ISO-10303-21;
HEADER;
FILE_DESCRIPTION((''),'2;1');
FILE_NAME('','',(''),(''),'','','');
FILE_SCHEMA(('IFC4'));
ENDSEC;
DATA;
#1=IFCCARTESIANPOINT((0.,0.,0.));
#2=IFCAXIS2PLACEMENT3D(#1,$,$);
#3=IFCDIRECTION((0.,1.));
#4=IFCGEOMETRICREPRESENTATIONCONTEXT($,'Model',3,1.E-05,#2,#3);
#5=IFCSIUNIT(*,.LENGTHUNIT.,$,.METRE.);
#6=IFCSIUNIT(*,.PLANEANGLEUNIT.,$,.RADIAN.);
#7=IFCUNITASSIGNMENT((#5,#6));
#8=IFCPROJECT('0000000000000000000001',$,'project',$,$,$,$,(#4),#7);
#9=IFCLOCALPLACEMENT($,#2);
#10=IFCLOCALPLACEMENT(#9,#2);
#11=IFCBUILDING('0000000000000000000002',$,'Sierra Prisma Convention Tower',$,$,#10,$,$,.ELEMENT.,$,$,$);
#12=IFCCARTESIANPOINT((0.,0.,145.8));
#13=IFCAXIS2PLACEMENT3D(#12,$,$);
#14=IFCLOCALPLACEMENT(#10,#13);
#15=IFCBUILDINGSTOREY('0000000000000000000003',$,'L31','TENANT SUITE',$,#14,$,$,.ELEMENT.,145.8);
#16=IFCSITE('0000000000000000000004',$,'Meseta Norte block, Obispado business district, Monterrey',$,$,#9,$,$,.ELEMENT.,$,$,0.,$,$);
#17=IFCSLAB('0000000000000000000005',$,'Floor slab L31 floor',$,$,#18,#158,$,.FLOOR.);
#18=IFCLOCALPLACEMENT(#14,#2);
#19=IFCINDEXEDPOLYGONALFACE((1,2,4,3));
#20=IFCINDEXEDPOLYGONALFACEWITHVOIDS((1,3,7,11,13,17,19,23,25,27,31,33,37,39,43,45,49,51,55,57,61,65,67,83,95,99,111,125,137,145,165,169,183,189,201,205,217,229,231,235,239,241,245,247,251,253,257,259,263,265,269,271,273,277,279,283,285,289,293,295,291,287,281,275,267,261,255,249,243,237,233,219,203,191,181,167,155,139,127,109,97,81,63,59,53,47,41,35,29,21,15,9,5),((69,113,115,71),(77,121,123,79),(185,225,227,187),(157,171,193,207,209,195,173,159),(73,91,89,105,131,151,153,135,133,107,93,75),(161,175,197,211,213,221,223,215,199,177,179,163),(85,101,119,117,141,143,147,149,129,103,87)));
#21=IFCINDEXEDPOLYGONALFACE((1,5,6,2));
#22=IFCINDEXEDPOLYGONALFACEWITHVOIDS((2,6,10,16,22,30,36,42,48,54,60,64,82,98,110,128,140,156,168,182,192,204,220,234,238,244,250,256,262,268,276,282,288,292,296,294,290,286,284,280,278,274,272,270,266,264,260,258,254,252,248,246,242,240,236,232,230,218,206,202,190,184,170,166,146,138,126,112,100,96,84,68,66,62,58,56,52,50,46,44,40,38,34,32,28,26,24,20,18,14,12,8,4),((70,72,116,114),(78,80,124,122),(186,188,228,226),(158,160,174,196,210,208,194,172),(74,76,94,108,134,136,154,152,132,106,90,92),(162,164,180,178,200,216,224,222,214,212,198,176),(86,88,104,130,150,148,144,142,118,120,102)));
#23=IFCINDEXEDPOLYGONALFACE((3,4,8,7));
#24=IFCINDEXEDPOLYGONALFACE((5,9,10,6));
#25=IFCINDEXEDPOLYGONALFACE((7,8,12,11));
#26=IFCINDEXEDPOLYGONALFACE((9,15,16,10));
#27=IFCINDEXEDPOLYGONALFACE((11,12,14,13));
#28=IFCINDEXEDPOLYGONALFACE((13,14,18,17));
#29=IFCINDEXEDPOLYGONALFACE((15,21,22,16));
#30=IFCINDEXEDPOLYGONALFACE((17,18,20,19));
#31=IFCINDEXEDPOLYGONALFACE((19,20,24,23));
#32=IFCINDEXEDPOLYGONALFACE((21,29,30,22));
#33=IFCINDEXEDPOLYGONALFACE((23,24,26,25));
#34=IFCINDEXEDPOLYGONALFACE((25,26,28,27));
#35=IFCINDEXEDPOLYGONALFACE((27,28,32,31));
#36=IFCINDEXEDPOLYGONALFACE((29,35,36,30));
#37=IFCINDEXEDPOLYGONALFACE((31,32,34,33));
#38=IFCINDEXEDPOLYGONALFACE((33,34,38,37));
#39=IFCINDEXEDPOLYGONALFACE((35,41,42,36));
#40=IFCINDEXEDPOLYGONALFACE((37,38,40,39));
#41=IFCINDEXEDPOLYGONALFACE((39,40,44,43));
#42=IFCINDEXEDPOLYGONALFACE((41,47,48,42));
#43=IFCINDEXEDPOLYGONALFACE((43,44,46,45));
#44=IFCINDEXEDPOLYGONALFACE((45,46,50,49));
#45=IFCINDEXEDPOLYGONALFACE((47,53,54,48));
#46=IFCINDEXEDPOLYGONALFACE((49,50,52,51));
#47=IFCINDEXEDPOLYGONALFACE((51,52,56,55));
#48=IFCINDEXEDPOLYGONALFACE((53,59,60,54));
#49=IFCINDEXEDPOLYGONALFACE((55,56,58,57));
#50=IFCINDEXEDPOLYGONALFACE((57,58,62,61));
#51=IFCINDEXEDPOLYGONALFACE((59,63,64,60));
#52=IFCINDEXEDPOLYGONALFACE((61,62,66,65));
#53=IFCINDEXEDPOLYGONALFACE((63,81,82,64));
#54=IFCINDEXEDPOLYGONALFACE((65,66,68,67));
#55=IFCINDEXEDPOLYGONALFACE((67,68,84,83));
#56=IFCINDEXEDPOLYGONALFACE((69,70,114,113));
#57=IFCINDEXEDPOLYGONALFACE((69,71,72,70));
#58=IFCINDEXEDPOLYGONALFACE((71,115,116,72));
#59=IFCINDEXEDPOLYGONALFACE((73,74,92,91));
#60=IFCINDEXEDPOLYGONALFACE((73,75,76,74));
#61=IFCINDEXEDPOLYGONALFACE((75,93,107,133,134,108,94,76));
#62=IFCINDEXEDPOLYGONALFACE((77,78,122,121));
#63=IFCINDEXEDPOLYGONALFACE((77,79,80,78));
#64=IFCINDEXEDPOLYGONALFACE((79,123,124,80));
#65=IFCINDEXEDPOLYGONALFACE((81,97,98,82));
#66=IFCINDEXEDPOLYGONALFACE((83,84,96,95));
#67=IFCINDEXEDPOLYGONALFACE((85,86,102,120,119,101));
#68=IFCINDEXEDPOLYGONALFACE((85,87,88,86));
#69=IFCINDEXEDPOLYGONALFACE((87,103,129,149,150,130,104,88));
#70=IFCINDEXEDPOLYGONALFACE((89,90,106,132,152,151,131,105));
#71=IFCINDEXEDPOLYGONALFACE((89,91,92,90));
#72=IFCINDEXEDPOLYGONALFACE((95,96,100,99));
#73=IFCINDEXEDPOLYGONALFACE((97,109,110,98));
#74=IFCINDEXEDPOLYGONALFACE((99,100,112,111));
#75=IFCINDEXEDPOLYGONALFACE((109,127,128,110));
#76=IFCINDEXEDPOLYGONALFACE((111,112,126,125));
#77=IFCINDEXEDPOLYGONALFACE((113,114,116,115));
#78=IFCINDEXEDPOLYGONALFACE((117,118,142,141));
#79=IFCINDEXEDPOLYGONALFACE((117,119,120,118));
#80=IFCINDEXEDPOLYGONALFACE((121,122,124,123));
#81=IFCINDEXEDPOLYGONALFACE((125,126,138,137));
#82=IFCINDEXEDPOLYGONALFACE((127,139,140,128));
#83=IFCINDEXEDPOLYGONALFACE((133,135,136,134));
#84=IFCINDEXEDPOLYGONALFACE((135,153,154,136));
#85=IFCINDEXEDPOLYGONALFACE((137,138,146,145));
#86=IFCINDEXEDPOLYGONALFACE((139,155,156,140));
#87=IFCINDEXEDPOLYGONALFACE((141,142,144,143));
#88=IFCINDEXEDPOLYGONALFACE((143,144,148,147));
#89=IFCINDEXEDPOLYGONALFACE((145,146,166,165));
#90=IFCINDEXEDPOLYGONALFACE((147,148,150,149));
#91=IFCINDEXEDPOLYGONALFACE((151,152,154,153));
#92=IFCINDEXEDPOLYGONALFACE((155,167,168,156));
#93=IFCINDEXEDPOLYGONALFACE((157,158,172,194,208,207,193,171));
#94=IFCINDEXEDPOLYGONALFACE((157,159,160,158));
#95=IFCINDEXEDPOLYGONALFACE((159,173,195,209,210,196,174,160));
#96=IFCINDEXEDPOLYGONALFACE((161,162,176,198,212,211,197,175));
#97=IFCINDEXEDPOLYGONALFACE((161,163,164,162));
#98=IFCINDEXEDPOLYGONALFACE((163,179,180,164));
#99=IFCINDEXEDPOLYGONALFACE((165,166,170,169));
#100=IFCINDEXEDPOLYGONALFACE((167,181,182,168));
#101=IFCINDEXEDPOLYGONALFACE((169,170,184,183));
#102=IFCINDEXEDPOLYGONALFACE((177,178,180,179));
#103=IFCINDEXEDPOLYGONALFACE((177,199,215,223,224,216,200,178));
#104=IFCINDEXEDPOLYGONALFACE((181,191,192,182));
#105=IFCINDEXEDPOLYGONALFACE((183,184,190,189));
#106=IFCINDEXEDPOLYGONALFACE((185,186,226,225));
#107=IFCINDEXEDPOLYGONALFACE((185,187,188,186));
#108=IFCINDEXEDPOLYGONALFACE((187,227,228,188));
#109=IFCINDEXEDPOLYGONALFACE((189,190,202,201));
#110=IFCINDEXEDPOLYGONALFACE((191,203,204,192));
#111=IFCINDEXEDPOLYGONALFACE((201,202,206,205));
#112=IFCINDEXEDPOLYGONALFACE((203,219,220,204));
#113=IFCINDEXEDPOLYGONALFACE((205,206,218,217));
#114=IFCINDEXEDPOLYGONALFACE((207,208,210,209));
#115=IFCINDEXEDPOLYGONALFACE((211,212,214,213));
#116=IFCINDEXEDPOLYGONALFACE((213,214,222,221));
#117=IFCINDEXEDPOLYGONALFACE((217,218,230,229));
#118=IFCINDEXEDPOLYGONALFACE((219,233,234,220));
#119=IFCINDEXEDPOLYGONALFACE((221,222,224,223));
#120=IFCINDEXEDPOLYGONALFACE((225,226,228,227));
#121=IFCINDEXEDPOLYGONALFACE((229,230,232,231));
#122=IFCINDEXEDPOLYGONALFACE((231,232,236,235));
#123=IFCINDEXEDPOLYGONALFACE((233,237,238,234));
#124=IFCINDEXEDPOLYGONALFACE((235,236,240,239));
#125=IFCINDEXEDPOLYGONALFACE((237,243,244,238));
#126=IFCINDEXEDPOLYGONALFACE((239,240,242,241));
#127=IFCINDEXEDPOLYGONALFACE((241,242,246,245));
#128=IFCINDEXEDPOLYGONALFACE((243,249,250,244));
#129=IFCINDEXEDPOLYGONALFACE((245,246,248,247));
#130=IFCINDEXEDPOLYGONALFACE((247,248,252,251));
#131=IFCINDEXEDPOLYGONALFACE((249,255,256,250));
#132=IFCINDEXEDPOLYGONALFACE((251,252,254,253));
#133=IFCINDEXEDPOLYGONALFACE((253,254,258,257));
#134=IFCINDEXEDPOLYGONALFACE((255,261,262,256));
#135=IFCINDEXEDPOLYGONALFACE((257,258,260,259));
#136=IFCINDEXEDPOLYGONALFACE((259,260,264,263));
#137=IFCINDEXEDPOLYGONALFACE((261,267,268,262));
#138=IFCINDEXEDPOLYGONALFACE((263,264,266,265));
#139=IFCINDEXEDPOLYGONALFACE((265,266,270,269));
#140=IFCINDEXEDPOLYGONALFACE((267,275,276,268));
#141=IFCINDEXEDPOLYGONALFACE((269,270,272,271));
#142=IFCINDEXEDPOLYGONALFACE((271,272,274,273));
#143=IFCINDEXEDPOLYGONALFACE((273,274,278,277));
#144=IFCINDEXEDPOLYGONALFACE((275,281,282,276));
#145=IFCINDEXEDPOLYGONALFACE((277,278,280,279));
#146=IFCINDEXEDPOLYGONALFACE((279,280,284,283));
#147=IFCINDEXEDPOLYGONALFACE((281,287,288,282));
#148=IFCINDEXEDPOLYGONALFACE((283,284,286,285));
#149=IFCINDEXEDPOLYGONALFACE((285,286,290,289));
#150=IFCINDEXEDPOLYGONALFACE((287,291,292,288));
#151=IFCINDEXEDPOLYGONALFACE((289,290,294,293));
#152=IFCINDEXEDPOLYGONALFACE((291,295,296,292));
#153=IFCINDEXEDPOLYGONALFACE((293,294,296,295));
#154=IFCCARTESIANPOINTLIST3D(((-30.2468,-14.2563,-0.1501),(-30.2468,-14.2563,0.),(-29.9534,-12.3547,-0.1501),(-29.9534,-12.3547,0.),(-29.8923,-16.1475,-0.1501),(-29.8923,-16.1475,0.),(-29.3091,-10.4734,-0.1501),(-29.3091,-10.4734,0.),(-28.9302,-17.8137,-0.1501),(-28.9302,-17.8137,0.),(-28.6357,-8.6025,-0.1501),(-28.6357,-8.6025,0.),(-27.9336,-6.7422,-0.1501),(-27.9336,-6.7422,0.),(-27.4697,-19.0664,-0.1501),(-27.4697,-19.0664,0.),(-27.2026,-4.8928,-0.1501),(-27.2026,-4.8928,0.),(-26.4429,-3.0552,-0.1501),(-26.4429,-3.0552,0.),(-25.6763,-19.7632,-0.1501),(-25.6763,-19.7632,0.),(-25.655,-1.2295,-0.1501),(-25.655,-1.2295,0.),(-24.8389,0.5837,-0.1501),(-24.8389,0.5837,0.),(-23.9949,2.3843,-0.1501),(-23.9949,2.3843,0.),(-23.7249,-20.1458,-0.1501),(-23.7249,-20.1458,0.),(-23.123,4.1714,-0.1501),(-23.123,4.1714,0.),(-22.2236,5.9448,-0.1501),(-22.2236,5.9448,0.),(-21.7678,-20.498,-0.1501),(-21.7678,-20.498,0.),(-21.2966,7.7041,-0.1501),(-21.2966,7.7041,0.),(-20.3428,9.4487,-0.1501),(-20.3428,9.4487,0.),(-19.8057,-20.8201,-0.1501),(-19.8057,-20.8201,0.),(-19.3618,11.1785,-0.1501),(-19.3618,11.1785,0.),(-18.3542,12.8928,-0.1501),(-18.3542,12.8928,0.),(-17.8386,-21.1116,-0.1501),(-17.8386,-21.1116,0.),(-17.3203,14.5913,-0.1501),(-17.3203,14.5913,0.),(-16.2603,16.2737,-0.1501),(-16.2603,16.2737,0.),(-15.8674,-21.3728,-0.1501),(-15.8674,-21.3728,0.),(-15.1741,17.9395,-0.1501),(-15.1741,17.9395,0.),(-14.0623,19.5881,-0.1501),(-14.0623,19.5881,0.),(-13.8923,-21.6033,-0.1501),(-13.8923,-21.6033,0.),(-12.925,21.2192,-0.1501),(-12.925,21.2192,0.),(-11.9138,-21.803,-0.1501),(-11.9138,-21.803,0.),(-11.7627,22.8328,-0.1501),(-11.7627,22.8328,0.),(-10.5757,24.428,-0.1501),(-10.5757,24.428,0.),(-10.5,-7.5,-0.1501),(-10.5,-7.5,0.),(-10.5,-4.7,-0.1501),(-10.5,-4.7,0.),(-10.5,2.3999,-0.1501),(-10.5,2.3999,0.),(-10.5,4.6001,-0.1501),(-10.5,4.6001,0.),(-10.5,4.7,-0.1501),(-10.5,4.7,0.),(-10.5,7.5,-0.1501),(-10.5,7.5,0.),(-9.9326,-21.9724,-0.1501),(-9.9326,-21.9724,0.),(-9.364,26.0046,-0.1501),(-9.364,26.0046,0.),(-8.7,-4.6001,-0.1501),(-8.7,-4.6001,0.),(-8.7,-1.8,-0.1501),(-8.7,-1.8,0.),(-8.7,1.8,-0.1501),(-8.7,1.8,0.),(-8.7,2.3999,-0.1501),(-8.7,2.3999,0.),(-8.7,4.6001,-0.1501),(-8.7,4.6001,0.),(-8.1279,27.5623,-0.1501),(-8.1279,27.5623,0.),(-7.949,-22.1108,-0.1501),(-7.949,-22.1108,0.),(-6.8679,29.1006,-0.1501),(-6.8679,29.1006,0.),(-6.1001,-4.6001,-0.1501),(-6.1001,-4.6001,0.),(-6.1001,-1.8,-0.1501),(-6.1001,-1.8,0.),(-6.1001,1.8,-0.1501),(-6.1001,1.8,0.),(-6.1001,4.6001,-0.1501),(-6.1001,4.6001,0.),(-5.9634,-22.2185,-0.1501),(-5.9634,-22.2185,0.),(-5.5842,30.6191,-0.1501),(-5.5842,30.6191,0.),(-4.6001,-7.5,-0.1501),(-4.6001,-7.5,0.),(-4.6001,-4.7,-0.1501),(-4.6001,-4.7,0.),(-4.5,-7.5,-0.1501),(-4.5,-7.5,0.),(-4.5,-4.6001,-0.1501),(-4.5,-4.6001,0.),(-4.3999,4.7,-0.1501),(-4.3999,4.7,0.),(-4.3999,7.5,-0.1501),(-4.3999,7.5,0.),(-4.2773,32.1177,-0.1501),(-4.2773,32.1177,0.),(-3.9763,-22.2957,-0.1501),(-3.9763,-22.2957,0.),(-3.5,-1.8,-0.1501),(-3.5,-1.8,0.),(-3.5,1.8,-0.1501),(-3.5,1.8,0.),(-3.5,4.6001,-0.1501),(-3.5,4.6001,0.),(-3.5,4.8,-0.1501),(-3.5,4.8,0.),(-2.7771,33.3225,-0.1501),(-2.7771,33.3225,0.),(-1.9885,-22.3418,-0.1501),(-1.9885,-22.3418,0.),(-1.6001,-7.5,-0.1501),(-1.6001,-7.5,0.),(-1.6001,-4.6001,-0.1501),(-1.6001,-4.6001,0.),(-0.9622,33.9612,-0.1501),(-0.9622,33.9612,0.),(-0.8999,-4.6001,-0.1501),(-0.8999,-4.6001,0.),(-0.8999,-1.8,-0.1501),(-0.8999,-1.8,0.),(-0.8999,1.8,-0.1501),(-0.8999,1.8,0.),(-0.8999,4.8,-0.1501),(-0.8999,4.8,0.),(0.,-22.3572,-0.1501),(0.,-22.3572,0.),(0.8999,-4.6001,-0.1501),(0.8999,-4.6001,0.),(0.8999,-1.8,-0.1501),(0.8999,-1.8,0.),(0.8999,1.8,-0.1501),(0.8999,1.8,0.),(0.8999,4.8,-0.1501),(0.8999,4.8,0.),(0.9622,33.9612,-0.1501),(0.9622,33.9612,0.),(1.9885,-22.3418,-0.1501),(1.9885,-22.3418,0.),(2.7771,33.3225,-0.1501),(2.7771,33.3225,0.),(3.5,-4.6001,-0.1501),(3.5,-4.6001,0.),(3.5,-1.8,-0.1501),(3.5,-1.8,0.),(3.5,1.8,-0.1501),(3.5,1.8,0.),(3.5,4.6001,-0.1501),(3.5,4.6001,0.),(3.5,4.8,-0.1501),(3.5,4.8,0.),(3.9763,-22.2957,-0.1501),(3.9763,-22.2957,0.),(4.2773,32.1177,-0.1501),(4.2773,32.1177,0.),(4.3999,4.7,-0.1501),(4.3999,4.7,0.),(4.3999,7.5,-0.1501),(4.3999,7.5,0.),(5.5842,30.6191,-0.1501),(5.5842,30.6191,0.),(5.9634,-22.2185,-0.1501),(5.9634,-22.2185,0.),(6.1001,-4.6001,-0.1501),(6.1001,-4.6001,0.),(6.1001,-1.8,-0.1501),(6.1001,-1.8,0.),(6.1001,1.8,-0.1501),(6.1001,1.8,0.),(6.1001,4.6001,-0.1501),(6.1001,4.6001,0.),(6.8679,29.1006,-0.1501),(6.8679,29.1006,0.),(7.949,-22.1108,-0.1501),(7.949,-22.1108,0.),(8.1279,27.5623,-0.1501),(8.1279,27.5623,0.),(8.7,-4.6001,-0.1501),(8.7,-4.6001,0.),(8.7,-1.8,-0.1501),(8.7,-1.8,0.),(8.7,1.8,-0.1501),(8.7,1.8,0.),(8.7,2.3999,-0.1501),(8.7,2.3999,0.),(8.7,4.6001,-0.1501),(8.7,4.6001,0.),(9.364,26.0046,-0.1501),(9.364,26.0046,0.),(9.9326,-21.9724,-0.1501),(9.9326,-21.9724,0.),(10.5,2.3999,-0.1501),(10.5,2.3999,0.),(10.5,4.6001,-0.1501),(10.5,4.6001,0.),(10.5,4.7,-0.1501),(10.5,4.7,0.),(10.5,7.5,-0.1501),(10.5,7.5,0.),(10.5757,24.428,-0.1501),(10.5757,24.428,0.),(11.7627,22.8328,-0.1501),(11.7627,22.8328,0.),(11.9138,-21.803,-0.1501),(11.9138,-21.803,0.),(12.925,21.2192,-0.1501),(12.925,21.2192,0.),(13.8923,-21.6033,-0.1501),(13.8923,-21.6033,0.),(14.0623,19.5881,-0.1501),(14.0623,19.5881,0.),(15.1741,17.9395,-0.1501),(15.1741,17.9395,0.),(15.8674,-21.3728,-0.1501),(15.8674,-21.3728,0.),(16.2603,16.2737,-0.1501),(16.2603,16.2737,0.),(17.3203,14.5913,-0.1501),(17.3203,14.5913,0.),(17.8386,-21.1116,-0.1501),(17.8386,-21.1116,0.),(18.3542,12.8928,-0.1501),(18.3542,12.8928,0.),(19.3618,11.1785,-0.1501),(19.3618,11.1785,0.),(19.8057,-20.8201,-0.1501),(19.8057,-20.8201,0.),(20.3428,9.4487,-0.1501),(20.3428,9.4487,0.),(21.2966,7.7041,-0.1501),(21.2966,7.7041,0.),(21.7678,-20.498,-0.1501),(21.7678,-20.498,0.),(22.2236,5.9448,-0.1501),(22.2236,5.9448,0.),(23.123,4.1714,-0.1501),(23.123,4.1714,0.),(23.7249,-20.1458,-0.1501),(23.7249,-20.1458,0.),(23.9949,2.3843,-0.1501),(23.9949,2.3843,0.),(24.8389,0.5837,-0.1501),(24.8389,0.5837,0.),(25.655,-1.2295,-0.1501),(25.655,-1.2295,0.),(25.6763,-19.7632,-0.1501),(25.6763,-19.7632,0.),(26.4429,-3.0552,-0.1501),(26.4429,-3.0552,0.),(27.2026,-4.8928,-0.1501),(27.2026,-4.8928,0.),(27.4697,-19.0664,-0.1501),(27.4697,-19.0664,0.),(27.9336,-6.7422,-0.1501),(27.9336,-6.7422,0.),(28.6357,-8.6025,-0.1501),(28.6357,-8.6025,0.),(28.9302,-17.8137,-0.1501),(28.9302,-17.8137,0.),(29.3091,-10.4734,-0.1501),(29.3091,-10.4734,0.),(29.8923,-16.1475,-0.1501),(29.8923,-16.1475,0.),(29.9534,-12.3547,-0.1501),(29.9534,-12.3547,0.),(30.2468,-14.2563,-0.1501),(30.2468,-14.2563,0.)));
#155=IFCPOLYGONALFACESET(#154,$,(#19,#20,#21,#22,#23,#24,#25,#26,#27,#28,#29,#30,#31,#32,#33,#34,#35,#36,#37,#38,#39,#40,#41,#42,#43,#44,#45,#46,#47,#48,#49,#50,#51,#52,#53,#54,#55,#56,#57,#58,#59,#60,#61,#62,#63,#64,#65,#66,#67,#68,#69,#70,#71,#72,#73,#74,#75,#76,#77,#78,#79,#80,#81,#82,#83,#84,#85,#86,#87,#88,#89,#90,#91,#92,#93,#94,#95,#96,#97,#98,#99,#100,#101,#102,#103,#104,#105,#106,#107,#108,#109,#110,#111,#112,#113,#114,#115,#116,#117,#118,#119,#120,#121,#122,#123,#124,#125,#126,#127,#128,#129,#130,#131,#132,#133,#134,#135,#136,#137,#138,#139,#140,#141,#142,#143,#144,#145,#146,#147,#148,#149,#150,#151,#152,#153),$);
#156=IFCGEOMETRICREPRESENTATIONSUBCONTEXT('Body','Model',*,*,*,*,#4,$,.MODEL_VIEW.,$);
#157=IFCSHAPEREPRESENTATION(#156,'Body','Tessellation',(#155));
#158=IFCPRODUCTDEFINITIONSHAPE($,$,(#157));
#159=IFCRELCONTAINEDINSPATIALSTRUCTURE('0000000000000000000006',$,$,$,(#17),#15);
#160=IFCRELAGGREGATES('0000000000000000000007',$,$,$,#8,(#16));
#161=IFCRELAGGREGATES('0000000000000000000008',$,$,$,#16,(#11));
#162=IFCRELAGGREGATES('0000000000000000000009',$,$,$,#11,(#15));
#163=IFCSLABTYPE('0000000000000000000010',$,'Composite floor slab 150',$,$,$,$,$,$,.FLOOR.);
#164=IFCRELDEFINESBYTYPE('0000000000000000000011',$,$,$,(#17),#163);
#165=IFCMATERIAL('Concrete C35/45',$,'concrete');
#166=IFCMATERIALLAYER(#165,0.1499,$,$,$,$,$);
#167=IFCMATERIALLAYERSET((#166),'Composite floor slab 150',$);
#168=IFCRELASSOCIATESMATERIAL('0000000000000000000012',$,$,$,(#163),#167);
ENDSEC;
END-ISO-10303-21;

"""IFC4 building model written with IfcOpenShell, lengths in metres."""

from ifc_helpers import new_model, si_unit, direction, frame, origin, place, context, subcontext, project, spatial, polyline, outline, extrude, material, layer, layer_set, type_object, element, save


model = new_model("IFC4")

# Units and contexts
model_context = context("Model", 3, precision=1e-05, world=origin(), true_north=direction((0.0, 1.0)))
body_context = subcontext(model_context, "Body", "Model", "MODEL_VIEW")
ifc_project = project(units=[si_unit("LENGTHUNIT", "METRE"), si_unit("PLANEANGLEUNIT", "RADIAN")], contexts=[model_context])

# Site, building, storey
site_placement = place(None, origin())
site = spatial("IfcSite", under=ifc_project, at=site_placement, Name="Meseta Norte block, Obispado business district, Monterrey", CompositionType="ELEMENT", RefElevation=0.0)
building_placement = place(site_placement, origin())
building = spatial("IfcBuilding", under=site, at=building_placement, Name="Sierra Prisma Convention Tower", CompositionType="ELEMENT")
storey_placement = place(building_placement, frame((0.0, 0.0, 145.8)))
storey = spatial("IfcBuildingStorey", under=building, at=storey_placement, Name="L31", Description="TENANT SUITE", CompositionType="ELEMENT", Elevation=145.8)

# Slab
ifc_material_1 = material(Name="Concrete C35/45", Category="concrete")
ifc_layer_1 = layer(ifc_material_1, 0.1499)
ifc_layer_set_1 = layer_set([ifc_layer_1], Name="Composite floor slab 150")
slab_type = type_object("IfcSlabType", Name="Composite floor slab 150", PredefinedType="FLOOR", material=ifc_layer_set_1)
slab_placement = place(storey_placement, frame((0.0, 0.0, -0.1501)))
element("IfcSlab", 1, at=slab_placement, inside=storey, type_object=slab_type, Name="Floor slab L31 floor", PredefinedType="FLOOR", context=body_context, shape_type="SweptSolid", body=[
    extrude(outline(polyline([(-25.6763, -19.7632), (-23.7249, -20.1458), (-21.7678, -20.498), (-19.8057, -20.8201), (-17.8386, -21.1116), (-15.8674, -21.3728), (-13.8923, -21.6033), (-11.9138, -21.803), (-9.9326, -21.9724), (-7.949, -22.1108), (-5.9634, -22.2185), (-3.9763, -22.2957), (-1.9885, -22.3418), (0.0, -22.3572), (1.9885, -22.3418), (3.9763, -22.2957), (5.9634, -22.2185), (7.949, -22.1108), (9.9326, -21.9724), (11.9138, -21.803), (13.8923, -21.6033), (15.8674, -21.3728), (17.8386, -21.1116), (19.8057, -20.8201), (21.7678, -20.498), (23.7249, -20.1458), (25.6763, -19.7632), (27.4697, -19.0664), (28.9302, -17.8137), (29.8923, -16.1475), (30.2468, -14.2563), (29.9534, -12.3547), (29.3091, -10.4734), (28.6357, -8.6025), (27.9336, -6.7422), (27.2026, -4.8928), (26.4429, -3.0552), (25.655, -1.2295), (24.8389, 0.5837), (23.9949, 2.3843), (23.123, 4.1714), (22.2236, 5.9448), (21.2966, 7.7041), (20.3428, 9.4487), (19.3618, 11.1785), (18.3542, 12.8928), (17.3203, 14.5913), (16.2603, 16.2737), (15.1741, 17.9395), (14.0623, 19.5881), (12.925, 21.2192), (11.7627, 22.8328), (10.5757, 24.428), (9.364, 26.0046), (8.1279, 27.5623), (6.8679, 29.1006), (5.5842, 30.6191), (4.2773, 32.1177), (2.7771, 33.3225), (0.9622, 33.9612), (-0.9622, 33.9612), (-2.7771, 33.3225), (-4.2773, 32.1177), (-5.5842, 30.6191), (-6.8679, 29.1006), (-8.1279, 27.5623), (-9.364, 26.0046), (-10.5757, 24.428), (-11.7627, 22.8328), (-12.925, 21.2192), (-14.0623, 19.5881), (-15.1741, 17.9395), (-16.2603, 16.2737), (-17.3203, 14.5913), (-18.3542, 12.8928), (-19.3618, 11.1785), (-20.3428, 9.4487), (-21.2966, 7.7041), (-22.2236, 5.9448), (-23.123, 4.1714), (-23.9949, 2.3843), (-24.8389, 0.5837), (-25.655, -1.2295), (-26.4429, -3.0552), (-27.2026, -4.8928), (-27.9336, -6.7422), (-28.6357, -8.6025), (-29.3091, -10.4734), (-29.9534, -12.3547), (-30.2468, -14.2563), (-29.8923, -16.1475), (-28.9302, -17.8137), (-27.4697, -19.0664), (-25.6763, -19.7632)]), holes=[polyline([(-4.6001, -7.5), (-10.5, -7.5), (-10.5, -4.7), (-4.6001, -4.7), (-4.6001, -7.5)]), polyline([(-8.7, -4.6001), (-8.7, -1.8), (-6.1001, -1.8), (-3.5, -1.8), (-0.8999, -1.8), (-0.8999, -4.6001), (-1.6001, -4.6001), (-1.6001, -7.5), (-4.5, -7.5), (-4.5, -4.6001), (-6.1001, -4.6001), (-8.7, -4.6001)]), polyline([(-10.5, 4.6001), (-8.7, 4.6001), (-6.1001, 4.6001), (-3.5, 4.6001), (-3.5, 4.8), (-0.8999, 4.8), (-0.8999, 1.8), (-3.5, 1.8), (-6.1001, 1.8), (-8.7, 1.8), (-8.7, 2.3999), (-10.5, 2.3999), (-10.5, 4.6001)]), polyline([(-10.5, 4.7), (-10.5, 7.5), (-4.3999, 7.5), (-4.3999, 4.7), (-10.5, 4.7)]), polyline([(6.1001, -1.8), (8.7, -1.8), (8.7, -4.6001), (6.1001, -4.6001), (3.5, -4.6001), (0.8999, -4.6001), (0.8999, -1.8), (3.5, -1.8), (6.1001, -1.8)]), polyline([(8.7, 4.6001), (10.5, 4.6001), (10.5, 2.3999), (8.7, 2.3999), (8.7, 1.8), (6.1001, 1.8), (3.5, 1.8), (0.8999, 1.8), (0.8999, 4.8), (3.5, 4.8), (3.5, 4.6001), (6.1001, 4.6001), (8.7, 4.6001)]), polyline([(4.3999, 4.7), (4.3999, 7.5), (10.5, 7.5), (10.5, 4.7), (4.3999, 4.7)])]), origin(), (0.0, 0.0, 1.0), 0.1501),
])

save(model, "model.ifc")
